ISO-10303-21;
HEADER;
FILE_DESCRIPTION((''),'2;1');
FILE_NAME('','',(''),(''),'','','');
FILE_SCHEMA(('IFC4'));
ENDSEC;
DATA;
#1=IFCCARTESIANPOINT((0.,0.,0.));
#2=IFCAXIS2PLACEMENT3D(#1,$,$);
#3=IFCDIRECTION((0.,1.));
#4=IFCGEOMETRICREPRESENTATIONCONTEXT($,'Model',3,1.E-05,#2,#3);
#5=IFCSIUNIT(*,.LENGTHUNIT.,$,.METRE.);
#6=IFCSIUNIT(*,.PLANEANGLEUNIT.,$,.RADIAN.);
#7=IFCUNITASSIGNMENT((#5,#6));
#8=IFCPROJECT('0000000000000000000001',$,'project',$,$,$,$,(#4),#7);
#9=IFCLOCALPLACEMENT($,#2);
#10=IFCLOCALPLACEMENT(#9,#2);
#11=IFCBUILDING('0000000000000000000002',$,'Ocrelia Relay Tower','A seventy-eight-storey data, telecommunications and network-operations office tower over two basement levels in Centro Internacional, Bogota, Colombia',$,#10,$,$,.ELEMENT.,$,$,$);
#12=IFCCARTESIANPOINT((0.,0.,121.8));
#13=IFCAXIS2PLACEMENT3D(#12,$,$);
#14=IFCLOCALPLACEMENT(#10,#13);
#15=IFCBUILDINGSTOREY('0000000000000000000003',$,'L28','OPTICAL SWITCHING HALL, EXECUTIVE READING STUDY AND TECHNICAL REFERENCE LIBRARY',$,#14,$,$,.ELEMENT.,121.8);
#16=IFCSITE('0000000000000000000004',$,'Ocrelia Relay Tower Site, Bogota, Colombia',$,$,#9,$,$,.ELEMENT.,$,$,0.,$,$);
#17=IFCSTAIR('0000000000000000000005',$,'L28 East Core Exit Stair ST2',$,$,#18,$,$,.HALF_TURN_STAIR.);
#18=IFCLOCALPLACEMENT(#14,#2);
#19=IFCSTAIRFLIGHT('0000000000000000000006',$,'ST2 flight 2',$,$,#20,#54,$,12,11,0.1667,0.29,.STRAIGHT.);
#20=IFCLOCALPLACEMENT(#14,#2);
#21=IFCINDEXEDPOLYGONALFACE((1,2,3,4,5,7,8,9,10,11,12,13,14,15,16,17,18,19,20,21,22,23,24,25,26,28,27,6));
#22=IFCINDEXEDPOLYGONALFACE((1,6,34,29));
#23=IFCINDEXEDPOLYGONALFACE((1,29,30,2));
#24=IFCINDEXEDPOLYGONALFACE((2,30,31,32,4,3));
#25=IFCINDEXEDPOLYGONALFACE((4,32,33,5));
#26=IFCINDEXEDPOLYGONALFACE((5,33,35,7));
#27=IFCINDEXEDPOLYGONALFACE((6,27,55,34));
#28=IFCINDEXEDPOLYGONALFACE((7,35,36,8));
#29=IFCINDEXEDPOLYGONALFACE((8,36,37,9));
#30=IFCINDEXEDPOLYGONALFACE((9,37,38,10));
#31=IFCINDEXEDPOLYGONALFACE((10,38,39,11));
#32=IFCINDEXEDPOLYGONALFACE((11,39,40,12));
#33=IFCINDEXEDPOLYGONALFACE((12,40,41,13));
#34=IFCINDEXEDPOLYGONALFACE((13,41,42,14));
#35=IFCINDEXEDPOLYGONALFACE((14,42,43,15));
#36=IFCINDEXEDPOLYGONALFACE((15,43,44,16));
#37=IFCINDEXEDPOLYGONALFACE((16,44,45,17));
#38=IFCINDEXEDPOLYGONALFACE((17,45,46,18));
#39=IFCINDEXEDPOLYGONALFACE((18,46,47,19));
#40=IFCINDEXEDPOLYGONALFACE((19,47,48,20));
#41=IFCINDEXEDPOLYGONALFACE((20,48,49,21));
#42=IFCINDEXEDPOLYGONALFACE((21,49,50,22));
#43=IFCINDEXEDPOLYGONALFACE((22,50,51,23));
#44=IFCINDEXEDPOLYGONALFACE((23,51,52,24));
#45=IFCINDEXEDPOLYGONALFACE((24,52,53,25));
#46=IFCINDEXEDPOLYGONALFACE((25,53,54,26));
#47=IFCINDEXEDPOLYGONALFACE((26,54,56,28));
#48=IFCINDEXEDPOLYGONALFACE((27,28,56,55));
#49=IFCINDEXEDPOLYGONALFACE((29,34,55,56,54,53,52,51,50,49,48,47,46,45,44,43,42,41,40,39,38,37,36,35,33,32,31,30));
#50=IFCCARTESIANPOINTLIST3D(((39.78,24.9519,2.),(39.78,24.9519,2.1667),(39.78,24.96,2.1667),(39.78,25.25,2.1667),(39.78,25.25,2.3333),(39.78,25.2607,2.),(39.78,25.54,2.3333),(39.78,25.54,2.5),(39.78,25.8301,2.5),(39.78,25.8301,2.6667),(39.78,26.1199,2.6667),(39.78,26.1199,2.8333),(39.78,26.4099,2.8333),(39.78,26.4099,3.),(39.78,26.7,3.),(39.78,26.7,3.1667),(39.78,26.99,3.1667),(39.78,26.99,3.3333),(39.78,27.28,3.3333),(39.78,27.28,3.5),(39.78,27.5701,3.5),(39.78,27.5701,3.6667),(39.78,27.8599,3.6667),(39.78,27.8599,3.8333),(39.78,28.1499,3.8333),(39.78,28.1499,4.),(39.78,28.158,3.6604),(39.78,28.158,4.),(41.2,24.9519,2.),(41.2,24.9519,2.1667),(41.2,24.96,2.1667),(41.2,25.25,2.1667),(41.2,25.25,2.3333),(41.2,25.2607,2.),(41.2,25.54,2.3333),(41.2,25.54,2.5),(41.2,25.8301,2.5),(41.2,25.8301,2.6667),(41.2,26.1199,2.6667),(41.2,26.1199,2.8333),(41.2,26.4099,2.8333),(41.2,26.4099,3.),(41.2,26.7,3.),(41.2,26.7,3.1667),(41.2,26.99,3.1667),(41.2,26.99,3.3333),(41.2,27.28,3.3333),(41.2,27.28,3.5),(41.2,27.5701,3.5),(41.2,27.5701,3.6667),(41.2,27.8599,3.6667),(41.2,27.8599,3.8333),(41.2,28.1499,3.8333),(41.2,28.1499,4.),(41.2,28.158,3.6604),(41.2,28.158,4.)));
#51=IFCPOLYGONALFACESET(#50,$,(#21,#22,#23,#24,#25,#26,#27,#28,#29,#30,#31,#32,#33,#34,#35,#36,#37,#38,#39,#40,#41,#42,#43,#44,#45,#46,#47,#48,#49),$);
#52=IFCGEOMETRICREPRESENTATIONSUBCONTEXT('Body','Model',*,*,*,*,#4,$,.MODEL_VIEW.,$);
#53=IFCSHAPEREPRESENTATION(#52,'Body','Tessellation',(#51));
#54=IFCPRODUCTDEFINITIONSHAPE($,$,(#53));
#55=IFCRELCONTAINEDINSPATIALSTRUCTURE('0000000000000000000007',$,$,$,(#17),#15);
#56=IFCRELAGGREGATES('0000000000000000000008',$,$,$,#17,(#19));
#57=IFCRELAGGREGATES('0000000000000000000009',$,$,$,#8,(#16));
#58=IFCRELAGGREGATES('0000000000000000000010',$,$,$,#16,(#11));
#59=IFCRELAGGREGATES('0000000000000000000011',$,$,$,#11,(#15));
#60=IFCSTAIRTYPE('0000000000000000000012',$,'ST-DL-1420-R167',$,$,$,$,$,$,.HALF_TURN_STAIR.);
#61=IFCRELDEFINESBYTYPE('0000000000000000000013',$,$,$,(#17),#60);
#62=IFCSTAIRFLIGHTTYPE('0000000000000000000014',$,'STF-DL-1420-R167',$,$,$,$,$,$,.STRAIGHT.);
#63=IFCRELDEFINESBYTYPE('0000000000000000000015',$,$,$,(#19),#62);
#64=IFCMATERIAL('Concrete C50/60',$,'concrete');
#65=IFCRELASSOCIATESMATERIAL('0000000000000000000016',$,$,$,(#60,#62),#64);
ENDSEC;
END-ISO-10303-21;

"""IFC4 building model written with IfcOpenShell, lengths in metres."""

from ifc_helpers import new_model, si_unit, direction, frame, origin, place, context, subcontext, project, spatial, polyline, outline, extrude, material, type_object, element, aggregate, save


model = new_model("IFC4")

# Units and contexts
model_context = context("Model", 3, precision=1e-05, world=origin(), true_north=direction((0.0, 1.0)))
body_context = subcontext(model_context, "Body", "Model", "MODEL_VIEW")
ifc_project = project(units=[si_unit("LENGTHUNIT", "METRE"), si_unit("PLANEANGLEUNIT", "RADIAN")], contexts=[model_context])

# Site, building, storey
site_placement = place(None, origin())
site = spatial("IfcSite", under=ifc_project, at=site_placement, Name="Ocrelia Relay Tower Site, Bogota, Colombia", CompositionType="ELEMENT", RefElevation=0.0)
building_placement = place(site_placement, origin())
building = spatial("IfcBuilding", under=site, at=building_placement, Name="Ocrelia Relay Tower", Description="A seventy-eight-storey data, telecommunications and network-operations office tower over two basement levels in Centro Internacional, Bogota, Colombia", CompositionType="ELEMENT")
storey_placement = place(building_placement, frame((0.0, 0.0, 121.8)))
storey = spatial("IfcBuildingStorey", under=building, at=storey_placement, Name="L28", Description="OPTICAL SWITCHING HALL, EXECUTIVE READING STUDY AND TECHNICAL REFERENCE LIBRARY", CompositionType="ELEMENT", Elevation=121.8)

# Shared definitions
ifc_material_1 = material(Name="Concrete C50/60", Category="concrete")

# Stair, stair flight
stair_type = type_object("IfcStairType", Name="ST-DL-1420-R167", PredefinedType="HALF_TURN_STAIR", material=ifc_material_1)
stair_placement = place(storey_placement, origin())
stair = element("IfcStair", 1, at=stair_placement, inside=storey, type_object=stair_type, Name="L28 East Core Exit Stair ST2", PredefinedType="HALF_TURN_STAIR")
stair_flight_type = type_object("IfcStairFlightType", Name="STF-DL-1420-R167", PredefinedType="STRAIGHT", material=ifc_material_1)
stair_flight_1_placement = place(storey_placement, frame((40.49, 24.96, 2.0), z_axis=(0.0, 0.0, 1.0), x_axis=(0.0, 1.0, 0.0)))
stair_flight_1 = element("IfcStairFlight", 2, at=stair_flight_1_placement, type_object=stair_flight_type, Name="ST2 flight 2", NumberOfRisers=12, NumberOfTreads=11, PredefinedType="STRAIGHT", RiserHeight=0.1667, TreadLength=0.29, context=body_context, shape_type="SweptSolid", body=[
    extrude(outline(polyline([(-0.0081, 0.0), (-0.0081, 0.1667), (0.0, 0.1667), (0.29, 0.1667), (0.29, 0.3333), (0.5801, 0.3333), (0.5801, 0.5), (0.8701, 0.5), (0.8701, 0.6667), (1.1599, 0.6667), (1.1599, 0.8333), (1.45, 0.8333), (1.45, 1.0), (1.74, 1.0), (1.74, 1.1667), (2.03, 1.1667), (2.03, 1.3333), (2.3201, 1.3333), (2.3201, 1.5), (2.6101, 1.5), (2.6101, 1.6667), (2.8999, 1.6667), (2.8999, 1.8333), (3.1899, 1.8333), (3.1899, 2.0), (3.198, 2.0), (3.198, 1.6604), (0.3008, 0.0), (-0.0081, 0.0)])), frame((0.0, 0.71, 0.0), z_axis=(0.0, -1.0, 0.0), x_axis=(1.0, 0.0, 0.0)), (0.0, 0.0, 1.0), 1.4199),
])
aggregate(stair, [stair_flight_1])

save(model, "model.ifc")
